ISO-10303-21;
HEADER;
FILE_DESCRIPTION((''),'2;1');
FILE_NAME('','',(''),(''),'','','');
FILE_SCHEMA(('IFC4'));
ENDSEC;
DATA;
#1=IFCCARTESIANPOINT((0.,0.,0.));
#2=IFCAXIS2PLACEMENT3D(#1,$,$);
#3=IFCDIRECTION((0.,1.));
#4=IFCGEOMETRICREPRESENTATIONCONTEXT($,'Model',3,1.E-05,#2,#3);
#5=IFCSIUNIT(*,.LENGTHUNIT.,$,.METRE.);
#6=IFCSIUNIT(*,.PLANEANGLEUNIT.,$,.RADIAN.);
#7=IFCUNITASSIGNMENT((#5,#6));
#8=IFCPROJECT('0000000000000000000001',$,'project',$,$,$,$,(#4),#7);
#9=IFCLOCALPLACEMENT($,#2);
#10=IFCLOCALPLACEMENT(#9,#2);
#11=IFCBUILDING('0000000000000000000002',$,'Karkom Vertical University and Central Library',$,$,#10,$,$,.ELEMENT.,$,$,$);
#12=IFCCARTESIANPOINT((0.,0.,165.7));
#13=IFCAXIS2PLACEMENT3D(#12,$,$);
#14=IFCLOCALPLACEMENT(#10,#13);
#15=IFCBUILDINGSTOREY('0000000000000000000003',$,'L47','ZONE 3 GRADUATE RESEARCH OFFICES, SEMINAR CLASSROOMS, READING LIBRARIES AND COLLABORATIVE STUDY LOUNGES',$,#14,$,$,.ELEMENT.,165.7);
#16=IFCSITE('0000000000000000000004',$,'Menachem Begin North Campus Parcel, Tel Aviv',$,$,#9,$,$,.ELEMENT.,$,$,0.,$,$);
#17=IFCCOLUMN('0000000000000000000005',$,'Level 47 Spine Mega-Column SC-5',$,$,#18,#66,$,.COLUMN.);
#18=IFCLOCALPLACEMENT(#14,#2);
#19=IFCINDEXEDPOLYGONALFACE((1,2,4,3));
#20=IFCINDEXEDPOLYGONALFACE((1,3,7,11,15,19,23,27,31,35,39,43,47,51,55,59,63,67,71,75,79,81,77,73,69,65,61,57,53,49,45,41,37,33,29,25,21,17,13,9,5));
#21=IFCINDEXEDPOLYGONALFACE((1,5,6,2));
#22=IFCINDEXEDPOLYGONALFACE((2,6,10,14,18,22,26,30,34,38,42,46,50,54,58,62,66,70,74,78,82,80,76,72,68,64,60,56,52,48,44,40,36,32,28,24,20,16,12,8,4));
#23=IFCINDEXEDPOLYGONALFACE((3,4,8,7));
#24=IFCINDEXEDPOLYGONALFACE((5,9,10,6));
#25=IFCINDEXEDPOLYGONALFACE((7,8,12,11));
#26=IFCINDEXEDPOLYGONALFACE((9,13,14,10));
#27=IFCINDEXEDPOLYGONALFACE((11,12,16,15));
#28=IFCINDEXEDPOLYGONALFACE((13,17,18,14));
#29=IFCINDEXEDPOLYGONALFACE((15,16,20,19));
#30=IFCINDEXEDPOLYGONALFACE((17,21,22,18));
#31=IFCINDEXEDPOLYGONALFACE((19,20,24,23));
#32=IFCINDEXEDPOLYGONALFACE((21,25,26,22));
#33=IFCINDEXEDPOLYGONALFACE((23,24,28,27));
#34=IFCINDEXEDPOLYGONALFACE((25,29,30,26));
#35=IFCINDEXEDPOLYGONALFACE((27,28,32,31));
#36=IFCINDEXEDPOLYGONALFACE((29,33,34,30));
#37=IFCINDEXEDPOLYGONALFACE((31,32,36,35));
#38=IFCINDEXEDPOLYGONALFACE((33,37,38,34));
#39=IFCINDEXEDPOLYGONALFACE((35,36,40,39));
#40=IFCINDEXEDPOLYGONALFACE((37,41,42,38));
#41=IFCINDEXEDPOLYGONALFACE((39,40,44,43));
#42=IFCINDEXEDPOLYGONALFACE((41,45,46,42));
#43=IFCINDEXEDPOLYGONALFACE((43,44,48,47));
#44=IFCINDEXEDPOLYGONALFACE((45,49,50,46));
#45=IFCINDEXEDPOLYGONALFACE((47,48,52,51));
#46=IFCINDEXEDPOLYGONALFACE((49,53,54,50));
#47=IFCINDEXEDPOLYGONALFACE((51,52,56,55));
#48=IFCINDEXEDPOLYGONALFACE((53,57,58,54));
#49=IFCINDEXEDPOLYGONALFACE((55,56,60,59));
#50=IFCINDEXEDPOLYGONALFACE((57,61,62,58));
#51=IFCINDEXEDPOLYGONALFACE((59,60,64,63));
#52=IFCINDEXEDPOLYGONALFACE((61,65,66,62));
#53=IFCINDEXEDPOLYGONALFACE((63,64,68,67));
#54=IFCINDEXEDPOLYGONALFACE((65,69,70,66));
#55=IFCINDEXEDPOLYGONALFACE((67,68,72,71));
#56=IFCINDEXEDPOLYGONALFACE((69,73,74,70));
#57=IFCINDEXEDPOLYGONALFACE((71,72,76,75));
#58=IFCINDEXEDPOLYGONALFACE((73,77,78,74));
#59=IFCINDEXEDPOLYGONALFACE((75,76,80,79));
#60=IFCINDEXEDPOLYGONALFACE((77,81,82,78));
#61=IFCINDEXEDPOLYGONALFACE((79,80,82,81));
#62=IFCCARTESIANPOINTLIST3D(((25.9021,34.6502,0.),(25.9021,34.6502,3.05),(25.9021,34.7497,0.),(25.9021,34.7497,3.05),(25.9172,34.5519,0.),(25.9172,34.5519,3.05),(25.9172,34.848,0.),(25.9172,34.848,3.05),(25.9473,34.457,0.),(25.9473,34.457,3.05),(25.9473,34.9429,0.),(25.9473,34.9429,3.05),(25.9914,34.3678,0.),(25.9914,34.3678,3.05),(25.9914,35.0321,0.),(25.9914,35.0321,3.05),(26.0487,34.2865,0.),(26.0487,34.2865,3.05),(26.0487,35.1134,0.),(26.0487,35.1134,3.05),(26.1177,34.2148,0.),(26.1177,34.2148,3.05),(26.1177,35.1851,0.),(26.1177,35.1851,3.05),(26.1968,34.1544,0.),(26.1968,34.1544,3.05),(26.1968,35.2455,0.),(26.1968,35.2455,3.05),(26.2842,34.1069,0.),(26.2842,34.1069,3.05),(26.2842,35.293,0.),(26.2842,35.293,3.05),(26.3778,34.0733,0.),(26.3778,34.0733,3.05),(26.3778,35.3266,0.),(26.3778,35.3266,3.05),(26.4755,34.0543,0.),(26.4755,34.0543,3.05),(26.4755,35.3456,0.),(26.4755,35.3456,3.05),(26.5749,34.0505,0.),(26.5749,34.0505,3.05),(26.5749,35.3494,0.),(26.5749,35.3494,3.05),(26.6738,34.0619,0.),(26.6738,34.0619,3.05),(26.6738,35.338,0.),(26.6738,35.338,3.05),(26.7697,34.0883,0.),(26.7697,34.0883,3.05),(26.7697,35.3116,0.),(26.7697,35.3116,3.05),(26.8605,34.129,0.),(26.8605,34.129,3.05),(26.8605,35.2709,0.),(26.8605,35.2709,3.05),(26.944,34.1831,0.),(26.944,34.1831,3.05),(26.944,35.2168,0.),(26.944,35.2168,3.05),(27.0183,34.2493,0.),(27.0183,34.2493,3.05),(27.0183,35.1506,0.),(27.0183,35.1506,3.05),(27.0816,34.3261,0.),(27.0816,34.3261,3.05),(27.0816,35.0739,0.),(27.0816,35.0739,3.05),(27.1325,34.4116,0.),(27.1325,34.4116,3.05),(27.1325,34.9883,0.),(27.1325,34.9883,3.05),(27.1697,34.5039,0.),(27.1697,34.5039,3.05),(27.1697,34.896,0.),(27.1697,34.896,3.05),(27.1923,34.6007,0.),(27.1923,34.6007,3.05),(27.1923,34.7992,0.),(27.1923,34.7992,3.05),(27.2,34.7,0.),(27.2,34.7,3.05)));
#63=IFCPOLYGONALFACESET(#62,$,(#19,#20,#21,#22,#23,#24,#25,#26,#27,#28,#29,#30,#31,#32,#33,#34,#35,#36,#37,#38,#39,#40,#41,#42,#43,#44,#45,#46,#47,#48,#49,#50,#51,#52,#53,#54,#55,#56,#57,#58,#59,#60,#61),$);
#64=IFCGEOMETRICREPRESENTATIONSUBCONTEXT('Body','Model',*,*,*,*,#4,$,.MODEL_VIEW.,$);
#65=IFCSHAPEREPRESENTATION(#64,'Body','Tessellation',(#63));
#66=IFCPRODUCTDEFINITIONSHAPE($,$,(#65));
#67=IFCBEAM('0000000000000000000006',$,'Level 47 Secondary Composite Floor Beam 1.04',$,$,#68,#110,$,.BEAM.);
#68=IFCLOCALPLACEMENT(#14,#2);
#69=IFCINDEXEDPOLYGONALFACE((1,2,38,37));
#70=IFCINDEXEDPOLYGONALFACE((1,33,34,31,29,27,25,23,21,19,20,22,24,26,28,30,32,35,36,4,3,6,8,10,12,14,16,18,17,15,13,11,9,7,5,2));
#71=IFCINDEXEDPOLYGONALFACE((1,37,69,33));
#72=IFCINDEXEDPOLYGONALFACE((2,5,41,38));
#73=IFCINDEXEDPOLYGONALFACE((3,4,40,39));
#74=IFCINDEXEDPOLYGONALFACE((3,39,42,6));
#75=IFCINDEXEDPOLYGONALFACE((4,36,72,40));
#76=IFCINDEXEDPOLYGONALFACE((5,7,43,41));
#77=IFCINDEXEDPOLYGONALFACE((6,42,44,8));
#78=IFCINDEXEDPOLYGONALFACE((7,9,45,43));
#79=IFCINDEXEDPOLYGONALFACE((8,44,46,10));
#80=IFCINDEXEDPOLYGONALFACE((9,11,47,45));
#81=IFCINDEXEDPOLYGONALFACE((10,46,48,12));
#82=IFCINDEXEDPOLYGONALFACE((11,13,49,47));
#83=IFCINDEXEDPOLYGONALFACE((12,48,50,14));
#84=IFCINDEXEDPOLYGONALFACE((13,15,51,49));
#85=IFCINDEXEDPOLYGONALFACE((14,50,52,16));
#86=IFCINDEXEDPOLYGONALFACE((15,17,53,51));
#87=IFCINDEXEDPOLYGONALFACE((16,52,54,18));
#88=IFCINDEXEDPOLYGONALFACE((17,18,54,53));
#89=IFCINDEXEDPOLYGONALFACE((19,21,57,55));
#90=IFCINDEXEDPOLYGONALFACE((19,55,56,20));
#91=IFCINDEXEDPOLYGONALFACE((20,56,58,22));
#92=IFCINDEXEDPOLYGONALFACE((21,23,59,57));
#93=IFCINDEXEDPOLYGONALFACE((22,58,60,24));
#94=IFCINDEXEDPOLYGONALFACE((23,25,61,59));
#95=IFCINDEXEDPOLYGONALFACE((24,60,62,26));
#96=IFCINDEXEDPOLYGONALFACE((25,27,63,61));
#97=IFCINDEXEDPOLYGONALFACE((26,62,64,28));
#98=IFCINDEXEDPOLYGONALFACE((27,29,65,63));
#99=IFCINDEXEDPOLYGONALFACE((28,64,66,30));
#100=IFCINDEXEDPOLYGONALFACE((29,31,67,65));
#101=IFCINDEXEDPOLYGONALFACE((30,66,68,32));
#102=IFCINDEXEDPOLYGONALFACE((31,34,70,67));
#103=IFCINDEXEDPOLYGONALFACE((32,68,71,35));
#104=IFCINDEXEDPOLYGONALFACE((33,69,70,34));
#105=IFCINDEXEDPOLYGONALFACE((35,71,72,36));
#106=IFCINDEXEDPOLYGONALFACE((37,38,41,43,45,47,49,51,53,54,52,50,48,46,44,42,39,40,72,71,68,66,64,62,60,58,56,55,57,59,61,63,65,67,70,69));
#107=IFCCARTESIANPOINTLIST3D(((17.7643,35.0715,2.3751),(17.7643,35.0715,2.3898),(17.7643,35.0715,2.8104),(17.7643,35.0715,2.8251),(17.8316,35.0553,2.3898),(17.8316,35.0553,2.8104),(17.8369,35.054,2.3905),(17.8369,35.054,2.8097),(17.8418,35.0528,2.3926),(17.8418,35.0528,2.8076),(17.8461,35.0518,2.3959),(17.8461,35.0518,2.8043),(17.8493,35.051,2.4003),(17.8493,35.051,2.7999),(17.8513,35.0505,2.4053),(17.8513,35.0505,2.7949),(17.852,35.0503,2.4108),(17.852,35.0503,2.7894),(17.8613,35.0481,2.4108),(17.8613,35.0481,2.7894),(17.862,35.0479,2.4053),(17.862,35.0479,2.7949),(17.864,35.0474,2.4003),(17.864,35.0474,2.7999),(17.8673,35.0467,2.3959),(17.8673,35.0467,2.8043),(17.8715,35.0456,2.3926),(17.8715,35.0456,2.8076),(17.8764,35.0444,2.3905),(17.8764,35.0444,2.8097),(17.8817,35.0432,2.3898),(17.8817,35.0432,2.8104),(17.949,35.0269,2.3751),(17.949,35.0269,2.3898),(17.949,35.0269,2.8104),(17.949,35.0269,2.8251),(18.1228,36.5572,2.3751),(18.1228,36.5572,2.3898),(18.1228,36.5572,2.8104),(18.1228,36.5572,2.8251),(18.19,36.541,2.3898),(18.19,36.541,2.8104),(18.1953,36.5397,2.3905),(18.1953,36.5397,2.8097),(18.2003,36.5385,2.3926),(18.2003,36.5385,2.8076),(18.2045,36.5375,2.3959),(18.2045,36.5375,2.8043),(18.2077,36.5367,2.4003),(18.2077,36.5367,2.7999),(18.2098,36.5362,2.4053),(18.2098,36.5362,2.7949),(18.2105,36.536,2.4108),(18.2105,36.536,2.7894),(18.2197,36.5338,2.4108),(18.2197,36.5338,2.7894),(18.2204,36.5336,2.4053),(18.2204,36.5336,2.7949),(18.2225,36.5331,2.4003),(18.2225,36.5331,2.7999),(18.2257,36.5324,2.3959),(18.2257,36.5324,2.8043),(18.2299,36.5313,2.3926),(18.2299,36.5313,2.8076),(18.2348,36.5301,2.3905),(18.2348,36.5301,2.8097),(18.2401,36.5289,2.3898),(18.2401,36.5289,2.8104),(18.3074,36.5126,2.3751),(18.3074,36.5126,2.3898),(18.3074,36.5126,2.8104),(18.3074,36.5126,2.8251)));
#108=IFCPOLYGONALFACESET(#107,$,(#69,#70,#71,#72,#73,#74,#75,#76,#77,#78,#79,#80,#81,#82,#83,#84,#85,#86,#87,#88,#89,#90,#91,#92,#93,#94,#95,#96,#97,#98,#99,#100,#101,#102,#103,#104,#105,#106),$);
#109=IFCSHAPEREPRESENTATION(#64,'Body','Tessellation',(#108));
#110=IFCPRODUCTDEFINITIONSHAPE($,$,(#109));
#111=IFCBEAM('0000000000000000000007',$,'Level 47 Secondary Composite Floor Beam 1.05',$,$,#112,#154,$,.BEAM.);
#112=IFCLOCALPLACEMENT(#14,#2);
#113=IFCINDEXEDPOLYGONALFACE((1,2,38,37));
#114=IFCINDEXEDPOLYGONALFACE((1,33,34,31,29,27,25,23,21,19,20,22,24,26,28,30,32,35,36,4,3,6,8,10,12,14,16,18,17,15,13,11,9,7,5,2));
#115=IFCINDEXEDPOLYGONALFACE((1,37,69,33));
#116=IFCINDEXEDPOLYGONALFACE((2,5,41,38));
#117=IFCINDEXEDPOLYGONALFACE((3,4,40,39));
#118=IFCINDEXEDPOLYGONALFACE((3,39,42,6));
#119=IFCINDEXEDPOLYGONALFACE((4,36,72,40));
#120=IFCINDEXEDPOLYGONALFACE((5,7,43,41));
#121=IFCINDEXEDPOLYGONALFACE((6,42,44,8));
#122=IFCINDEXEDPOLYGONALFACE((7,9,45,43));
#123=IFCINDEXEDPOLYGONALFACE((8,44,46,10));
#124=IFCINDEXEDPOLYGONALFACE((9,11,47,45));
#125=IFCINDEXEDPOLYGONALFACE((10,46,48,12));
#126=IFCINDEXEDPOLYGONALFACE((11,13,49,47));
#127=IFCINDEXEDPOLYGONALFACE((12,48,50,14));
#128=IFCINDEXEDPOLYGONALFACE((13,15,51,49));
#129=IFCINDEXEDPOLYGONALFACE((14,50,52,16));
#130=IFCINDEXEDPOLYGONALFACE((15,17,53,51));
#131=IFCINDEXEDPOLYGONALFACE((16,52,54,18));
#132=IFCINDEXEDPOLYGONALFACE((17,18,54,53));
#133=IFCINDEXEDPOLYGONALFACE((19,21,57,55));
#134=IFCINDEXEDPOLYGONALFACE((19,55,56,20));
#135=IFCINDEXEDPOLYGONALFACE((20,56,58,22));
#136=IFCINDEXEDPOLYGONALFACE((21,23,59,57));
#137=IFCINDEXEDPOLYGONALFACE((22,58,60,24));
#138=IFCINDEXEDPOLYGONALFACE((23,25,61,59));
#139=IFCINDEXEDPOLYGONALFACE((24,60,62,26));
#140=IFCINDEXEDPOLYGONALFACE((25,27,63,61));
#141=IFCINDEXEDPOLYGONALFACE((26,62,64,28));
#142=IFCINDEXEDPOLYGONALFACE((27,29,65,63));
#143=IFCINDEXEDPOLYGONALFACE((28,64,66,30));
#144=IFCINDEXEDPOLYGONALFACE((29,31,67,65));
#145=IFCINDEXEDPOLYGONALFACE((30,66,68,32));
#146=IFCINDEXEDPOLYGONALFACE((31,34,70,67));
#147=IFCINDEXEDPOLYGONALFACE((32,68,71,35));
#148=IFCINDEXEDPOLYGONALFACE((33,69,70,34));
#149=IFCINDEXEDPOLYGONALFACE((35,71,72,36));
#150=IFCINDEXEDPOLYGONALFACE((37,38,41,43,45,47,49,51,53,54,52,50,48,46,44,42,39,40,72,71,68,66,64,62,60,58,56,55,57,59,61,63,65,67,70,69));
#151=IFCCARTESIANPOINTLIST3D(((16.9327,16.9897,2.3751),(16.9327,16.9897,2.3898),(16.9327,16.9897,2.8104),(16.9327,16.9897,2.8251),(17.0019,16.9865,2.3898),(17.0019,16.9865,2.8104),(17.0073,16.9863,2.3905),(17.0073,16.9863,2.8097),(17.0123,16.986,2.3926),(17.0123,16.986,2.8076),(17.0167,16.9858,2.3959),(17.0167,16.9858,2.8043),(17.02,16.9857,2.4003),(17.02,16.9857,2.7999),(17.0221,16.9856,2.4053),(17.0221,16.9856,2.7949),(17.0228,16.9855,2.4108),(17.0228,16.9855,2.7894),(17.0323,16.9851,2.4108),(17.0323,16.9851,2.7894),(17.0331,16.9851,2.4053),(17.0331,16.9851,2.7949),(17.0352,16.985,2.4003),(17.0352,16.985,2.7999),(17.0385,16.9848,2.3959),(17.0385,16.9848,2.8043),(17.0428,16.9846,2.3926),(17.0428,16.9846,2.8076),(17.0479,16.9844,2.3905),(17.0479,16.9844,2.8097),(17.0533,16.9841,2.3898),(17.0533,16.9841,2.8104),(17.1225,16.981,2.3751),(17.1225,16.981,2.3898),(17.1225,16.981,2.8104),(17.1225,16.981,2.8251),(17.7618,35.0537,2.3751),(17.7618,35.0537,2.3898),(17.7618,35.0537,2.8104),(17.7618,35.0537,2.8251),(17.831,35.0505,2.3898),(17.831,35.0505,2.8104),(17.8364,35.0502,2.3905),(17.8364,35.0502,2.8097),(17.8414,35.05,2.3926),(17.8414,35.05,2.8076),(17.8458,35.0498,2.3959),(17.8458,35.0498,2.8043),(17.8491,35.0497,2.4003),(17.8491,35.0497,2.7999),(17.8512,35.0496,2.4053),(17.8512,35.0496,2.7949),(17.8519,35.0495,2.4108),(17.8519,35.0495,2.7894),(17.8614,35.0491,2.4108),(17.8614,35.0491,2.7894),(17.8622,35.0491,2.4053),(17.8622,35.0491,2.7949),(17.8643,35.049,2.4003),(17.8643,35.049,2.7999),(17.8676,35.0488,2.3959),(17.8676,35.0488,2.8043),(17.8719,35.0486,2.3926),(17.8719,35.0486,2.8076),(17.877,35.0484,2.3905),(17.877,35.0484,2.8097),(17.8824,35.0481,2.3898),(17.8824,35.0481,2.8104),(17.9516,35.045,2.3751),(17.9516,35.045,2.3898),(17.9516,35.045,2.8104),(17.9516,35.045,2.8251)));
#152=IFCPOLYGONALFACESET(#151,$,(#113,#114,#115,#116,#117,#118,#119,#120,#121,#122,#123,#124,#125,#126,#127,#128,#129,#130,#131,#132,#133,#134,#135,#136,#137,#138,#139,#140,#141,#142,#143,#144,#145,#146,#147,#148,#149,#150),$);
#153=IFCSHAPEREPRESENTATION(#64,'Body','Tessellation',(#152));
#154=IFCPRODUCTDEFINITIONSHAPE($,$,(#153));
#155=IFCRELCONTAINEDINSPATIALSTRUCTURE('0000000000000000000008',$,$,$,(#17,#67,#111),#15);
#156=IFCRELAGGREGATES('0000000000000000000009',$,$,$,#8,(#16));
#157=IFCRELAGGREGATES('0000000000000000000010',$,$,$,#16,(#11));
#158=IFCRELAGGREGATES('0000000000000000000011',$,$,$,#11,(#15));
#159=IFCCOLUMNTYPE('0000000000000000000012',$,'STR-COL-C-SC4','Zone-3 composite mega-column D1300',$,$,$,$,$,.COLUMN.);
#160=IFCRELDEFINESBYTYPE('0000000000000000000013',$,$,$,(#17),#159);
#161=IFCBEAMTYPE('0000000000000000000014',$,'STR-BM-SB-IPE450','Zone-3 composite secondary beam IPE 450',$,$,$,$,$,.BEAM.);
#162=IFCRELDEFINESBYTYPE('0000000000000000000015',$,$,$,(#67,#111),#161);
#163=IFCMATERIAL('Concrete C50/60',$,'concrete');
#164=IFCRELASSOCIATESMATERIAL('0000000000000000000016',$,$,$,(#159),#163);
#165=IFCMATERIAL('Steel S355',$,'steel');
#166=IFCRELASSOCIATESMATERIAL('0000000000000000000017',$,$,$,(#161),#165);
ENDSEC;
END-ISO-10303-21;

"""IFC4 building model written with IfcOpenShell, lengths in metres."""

from ifc_helpers import new_model, si_unit, direction, frame, origin, origin_with_axes, origin_2d, place, context, subcontext, project, spatial, circle, i_section, extrude, source, transform, mapped, material, material_profile, profile_set, type_object, element, save


model = new_model("IFC4")

# Units and contexts
model_context = context("Model", 3, precision=1e-05, world=origin(), true_north=direction((0.0, 1.0)))
body_context = subcontext(model_context, "Body", "Model", "MODEL_VIEW")
ifc_project = project(units=[si_unit("LENGTHUNIT", "METRE"), si_unit("PLANEANGLEUNIT", "RADIAN")], contexts=[model_context])

# Site, building, storey
site_placement = place(None, origin())
site = spatial("IfcSite", under=ifc_project, at=site_placement, Name="Menachem Begin North Campus Parcel, Tel Aviv", CompositionType="ELEMENT", RefElevation=0.0)
building_placement = place(site_placement, origin())
building = spatial("IfcBuilding", under=site, at=building_placement, Name="Karkom Vertical University and Central Library", CompositionType="ELEMENT")
storey_placement = place(building_placement, frame((0.0, 0.0, 165.7)))
storey = spatial("IfcBuildingStorey", under=building, at=storey_placement, Name="L47", Description="ZONE 3 GRADUATE RESEARCH OFFICES, SEMINAR CLASSROOMS, READING LIBRARIES AND COLLABORATIVE STUDY LOUNGES", CompositionType="ELEMENT", Elevation=165.7)

# Column
ifc_material_1 = material(Name="Concrete C50/60", Category="concrete")
ifc_material_profile_1 = material_profile(ifc_material_1, circle(Radius=0.6499, at=origin_2d()), Name="CFT-D1300")
ifc_profile_set_1 = profile_set([ifc_material_profile_1], Name="Concrete C50/60")
column_type = type_object("IfcColumnType", Name="STR-COL-C-SC4", Description="Zone-3 composite mega-column D1300", PredefinedType="COLUMN", material=ifc_profile_set_1)
shared_shape_1 = source(origin_with_axes(), body_context, "Body", "SweptSolid", [
    extrude(circle(Radius=0.6499, at=origin_2d()), origin(), (0.0, 0.0, 1.0), 3.05),
])
column_placement = place(storey_placement, frame((26.55, 34.7, 0.0), z_axis=(0.0, 0.0, 1.0), x_axis=(1.0, 0.0, 0.0)))
element("IfcColumn", 1, at=column_placement, inside=storey, type_object=column_type, Name="Level 47 Spine Mega-Column SC-5", PredefinedType="COLUMN", context=body_context, shape_type="MappedRepresentation", body=[
    mapped(shared_shape_1, transform((0.0, 0.0, 0.0), scale=1.0)),
])

# Beams
ifc_material_2 = material(Name="Steel S355", Category="steel")
ifc_material_profile_2 = material_profile(ifc_material_2, i_section(OverallWidth=0.1899, OverallDepth=0.45, WebThickness=0.0095, FlangeThickness=0.0146, FilletRadius=0.021, at=origin_2d()), Name="IPE 450")
ifc_profile_set_2 = profile_set([ifc_material_profile_2], Name="Steel S355")
beam_type_1 = type_object("IfcBeamType", Name="STR-BM-SB-IPE450", Description="Zone-3 composite secondary beam IPE 450", PredefinedType="BEAM", material=ifc_profile_set_2)
shared_shape_2 = source(origin_with_axes(), body_context, "Body", "SweptSolid", [
    extrude(i_section(OverallWidth=0.1899, OverallDepth=0.45, WebThickness=0.0095, FlangeThickness=0.0146, FilletRadius=0.021, at=origin_2d()), origin(), (0.0, 0.0, 1.0), 1.5283),
])
beam_1_placement = place(storey_placement, frame((18.2151, 36.5349, 2.6001), z_axis=(-0.234521, -0.972111, 0.0), x_axis=(0.972111, -0.234521, 0.0)))
element("IfcBeam", 2, at=beam_1_placement, inside=storey, type_object=beam_type_1, Name="Level 47 Secondary Composite Floor Beam 1.04", PredefinedType="BEAM", context=body_context, shape_type="MappedRepresentation", body=[
    mapped(shared_shape_2, transform((0.0, 0.0, 0.0), scale=1.0)),
])
shared_shape_3 = source(origin_with_axes(), body_context, "Body", "SweptSolid", [
    extrude(i_section(OverallWidth=0.1899, OverallDepth=0.45, WebThickness=0.0095, FlangeThickness=0.0146, FilletRadius=0.021, at=origin_2d()), origin(), (0.0, 0.0, 1.0), 18.083),
])
beam_2_placement = place(storey_placement, frame((17.8567, 35.0493, 2.6001), z_axis=(-0.04585, -0.998948, 0.0), x_axis=(0.998948, -0.04585, 0.0)))
element("IfcBeam", 3, at=beam_2_placement, inside=storey, type_object=beam_type_1, Name="Level 47 Secondary Composite Floor Beam 1.05", PredefinedType="BEAM", context=body_context, shape_type="MappedRepresentation", body=[
    mapped(shared_shape_3, transform((0.0, 0.0, 0.0), scale=1.0)),
])

save(model, "model.ifc")
